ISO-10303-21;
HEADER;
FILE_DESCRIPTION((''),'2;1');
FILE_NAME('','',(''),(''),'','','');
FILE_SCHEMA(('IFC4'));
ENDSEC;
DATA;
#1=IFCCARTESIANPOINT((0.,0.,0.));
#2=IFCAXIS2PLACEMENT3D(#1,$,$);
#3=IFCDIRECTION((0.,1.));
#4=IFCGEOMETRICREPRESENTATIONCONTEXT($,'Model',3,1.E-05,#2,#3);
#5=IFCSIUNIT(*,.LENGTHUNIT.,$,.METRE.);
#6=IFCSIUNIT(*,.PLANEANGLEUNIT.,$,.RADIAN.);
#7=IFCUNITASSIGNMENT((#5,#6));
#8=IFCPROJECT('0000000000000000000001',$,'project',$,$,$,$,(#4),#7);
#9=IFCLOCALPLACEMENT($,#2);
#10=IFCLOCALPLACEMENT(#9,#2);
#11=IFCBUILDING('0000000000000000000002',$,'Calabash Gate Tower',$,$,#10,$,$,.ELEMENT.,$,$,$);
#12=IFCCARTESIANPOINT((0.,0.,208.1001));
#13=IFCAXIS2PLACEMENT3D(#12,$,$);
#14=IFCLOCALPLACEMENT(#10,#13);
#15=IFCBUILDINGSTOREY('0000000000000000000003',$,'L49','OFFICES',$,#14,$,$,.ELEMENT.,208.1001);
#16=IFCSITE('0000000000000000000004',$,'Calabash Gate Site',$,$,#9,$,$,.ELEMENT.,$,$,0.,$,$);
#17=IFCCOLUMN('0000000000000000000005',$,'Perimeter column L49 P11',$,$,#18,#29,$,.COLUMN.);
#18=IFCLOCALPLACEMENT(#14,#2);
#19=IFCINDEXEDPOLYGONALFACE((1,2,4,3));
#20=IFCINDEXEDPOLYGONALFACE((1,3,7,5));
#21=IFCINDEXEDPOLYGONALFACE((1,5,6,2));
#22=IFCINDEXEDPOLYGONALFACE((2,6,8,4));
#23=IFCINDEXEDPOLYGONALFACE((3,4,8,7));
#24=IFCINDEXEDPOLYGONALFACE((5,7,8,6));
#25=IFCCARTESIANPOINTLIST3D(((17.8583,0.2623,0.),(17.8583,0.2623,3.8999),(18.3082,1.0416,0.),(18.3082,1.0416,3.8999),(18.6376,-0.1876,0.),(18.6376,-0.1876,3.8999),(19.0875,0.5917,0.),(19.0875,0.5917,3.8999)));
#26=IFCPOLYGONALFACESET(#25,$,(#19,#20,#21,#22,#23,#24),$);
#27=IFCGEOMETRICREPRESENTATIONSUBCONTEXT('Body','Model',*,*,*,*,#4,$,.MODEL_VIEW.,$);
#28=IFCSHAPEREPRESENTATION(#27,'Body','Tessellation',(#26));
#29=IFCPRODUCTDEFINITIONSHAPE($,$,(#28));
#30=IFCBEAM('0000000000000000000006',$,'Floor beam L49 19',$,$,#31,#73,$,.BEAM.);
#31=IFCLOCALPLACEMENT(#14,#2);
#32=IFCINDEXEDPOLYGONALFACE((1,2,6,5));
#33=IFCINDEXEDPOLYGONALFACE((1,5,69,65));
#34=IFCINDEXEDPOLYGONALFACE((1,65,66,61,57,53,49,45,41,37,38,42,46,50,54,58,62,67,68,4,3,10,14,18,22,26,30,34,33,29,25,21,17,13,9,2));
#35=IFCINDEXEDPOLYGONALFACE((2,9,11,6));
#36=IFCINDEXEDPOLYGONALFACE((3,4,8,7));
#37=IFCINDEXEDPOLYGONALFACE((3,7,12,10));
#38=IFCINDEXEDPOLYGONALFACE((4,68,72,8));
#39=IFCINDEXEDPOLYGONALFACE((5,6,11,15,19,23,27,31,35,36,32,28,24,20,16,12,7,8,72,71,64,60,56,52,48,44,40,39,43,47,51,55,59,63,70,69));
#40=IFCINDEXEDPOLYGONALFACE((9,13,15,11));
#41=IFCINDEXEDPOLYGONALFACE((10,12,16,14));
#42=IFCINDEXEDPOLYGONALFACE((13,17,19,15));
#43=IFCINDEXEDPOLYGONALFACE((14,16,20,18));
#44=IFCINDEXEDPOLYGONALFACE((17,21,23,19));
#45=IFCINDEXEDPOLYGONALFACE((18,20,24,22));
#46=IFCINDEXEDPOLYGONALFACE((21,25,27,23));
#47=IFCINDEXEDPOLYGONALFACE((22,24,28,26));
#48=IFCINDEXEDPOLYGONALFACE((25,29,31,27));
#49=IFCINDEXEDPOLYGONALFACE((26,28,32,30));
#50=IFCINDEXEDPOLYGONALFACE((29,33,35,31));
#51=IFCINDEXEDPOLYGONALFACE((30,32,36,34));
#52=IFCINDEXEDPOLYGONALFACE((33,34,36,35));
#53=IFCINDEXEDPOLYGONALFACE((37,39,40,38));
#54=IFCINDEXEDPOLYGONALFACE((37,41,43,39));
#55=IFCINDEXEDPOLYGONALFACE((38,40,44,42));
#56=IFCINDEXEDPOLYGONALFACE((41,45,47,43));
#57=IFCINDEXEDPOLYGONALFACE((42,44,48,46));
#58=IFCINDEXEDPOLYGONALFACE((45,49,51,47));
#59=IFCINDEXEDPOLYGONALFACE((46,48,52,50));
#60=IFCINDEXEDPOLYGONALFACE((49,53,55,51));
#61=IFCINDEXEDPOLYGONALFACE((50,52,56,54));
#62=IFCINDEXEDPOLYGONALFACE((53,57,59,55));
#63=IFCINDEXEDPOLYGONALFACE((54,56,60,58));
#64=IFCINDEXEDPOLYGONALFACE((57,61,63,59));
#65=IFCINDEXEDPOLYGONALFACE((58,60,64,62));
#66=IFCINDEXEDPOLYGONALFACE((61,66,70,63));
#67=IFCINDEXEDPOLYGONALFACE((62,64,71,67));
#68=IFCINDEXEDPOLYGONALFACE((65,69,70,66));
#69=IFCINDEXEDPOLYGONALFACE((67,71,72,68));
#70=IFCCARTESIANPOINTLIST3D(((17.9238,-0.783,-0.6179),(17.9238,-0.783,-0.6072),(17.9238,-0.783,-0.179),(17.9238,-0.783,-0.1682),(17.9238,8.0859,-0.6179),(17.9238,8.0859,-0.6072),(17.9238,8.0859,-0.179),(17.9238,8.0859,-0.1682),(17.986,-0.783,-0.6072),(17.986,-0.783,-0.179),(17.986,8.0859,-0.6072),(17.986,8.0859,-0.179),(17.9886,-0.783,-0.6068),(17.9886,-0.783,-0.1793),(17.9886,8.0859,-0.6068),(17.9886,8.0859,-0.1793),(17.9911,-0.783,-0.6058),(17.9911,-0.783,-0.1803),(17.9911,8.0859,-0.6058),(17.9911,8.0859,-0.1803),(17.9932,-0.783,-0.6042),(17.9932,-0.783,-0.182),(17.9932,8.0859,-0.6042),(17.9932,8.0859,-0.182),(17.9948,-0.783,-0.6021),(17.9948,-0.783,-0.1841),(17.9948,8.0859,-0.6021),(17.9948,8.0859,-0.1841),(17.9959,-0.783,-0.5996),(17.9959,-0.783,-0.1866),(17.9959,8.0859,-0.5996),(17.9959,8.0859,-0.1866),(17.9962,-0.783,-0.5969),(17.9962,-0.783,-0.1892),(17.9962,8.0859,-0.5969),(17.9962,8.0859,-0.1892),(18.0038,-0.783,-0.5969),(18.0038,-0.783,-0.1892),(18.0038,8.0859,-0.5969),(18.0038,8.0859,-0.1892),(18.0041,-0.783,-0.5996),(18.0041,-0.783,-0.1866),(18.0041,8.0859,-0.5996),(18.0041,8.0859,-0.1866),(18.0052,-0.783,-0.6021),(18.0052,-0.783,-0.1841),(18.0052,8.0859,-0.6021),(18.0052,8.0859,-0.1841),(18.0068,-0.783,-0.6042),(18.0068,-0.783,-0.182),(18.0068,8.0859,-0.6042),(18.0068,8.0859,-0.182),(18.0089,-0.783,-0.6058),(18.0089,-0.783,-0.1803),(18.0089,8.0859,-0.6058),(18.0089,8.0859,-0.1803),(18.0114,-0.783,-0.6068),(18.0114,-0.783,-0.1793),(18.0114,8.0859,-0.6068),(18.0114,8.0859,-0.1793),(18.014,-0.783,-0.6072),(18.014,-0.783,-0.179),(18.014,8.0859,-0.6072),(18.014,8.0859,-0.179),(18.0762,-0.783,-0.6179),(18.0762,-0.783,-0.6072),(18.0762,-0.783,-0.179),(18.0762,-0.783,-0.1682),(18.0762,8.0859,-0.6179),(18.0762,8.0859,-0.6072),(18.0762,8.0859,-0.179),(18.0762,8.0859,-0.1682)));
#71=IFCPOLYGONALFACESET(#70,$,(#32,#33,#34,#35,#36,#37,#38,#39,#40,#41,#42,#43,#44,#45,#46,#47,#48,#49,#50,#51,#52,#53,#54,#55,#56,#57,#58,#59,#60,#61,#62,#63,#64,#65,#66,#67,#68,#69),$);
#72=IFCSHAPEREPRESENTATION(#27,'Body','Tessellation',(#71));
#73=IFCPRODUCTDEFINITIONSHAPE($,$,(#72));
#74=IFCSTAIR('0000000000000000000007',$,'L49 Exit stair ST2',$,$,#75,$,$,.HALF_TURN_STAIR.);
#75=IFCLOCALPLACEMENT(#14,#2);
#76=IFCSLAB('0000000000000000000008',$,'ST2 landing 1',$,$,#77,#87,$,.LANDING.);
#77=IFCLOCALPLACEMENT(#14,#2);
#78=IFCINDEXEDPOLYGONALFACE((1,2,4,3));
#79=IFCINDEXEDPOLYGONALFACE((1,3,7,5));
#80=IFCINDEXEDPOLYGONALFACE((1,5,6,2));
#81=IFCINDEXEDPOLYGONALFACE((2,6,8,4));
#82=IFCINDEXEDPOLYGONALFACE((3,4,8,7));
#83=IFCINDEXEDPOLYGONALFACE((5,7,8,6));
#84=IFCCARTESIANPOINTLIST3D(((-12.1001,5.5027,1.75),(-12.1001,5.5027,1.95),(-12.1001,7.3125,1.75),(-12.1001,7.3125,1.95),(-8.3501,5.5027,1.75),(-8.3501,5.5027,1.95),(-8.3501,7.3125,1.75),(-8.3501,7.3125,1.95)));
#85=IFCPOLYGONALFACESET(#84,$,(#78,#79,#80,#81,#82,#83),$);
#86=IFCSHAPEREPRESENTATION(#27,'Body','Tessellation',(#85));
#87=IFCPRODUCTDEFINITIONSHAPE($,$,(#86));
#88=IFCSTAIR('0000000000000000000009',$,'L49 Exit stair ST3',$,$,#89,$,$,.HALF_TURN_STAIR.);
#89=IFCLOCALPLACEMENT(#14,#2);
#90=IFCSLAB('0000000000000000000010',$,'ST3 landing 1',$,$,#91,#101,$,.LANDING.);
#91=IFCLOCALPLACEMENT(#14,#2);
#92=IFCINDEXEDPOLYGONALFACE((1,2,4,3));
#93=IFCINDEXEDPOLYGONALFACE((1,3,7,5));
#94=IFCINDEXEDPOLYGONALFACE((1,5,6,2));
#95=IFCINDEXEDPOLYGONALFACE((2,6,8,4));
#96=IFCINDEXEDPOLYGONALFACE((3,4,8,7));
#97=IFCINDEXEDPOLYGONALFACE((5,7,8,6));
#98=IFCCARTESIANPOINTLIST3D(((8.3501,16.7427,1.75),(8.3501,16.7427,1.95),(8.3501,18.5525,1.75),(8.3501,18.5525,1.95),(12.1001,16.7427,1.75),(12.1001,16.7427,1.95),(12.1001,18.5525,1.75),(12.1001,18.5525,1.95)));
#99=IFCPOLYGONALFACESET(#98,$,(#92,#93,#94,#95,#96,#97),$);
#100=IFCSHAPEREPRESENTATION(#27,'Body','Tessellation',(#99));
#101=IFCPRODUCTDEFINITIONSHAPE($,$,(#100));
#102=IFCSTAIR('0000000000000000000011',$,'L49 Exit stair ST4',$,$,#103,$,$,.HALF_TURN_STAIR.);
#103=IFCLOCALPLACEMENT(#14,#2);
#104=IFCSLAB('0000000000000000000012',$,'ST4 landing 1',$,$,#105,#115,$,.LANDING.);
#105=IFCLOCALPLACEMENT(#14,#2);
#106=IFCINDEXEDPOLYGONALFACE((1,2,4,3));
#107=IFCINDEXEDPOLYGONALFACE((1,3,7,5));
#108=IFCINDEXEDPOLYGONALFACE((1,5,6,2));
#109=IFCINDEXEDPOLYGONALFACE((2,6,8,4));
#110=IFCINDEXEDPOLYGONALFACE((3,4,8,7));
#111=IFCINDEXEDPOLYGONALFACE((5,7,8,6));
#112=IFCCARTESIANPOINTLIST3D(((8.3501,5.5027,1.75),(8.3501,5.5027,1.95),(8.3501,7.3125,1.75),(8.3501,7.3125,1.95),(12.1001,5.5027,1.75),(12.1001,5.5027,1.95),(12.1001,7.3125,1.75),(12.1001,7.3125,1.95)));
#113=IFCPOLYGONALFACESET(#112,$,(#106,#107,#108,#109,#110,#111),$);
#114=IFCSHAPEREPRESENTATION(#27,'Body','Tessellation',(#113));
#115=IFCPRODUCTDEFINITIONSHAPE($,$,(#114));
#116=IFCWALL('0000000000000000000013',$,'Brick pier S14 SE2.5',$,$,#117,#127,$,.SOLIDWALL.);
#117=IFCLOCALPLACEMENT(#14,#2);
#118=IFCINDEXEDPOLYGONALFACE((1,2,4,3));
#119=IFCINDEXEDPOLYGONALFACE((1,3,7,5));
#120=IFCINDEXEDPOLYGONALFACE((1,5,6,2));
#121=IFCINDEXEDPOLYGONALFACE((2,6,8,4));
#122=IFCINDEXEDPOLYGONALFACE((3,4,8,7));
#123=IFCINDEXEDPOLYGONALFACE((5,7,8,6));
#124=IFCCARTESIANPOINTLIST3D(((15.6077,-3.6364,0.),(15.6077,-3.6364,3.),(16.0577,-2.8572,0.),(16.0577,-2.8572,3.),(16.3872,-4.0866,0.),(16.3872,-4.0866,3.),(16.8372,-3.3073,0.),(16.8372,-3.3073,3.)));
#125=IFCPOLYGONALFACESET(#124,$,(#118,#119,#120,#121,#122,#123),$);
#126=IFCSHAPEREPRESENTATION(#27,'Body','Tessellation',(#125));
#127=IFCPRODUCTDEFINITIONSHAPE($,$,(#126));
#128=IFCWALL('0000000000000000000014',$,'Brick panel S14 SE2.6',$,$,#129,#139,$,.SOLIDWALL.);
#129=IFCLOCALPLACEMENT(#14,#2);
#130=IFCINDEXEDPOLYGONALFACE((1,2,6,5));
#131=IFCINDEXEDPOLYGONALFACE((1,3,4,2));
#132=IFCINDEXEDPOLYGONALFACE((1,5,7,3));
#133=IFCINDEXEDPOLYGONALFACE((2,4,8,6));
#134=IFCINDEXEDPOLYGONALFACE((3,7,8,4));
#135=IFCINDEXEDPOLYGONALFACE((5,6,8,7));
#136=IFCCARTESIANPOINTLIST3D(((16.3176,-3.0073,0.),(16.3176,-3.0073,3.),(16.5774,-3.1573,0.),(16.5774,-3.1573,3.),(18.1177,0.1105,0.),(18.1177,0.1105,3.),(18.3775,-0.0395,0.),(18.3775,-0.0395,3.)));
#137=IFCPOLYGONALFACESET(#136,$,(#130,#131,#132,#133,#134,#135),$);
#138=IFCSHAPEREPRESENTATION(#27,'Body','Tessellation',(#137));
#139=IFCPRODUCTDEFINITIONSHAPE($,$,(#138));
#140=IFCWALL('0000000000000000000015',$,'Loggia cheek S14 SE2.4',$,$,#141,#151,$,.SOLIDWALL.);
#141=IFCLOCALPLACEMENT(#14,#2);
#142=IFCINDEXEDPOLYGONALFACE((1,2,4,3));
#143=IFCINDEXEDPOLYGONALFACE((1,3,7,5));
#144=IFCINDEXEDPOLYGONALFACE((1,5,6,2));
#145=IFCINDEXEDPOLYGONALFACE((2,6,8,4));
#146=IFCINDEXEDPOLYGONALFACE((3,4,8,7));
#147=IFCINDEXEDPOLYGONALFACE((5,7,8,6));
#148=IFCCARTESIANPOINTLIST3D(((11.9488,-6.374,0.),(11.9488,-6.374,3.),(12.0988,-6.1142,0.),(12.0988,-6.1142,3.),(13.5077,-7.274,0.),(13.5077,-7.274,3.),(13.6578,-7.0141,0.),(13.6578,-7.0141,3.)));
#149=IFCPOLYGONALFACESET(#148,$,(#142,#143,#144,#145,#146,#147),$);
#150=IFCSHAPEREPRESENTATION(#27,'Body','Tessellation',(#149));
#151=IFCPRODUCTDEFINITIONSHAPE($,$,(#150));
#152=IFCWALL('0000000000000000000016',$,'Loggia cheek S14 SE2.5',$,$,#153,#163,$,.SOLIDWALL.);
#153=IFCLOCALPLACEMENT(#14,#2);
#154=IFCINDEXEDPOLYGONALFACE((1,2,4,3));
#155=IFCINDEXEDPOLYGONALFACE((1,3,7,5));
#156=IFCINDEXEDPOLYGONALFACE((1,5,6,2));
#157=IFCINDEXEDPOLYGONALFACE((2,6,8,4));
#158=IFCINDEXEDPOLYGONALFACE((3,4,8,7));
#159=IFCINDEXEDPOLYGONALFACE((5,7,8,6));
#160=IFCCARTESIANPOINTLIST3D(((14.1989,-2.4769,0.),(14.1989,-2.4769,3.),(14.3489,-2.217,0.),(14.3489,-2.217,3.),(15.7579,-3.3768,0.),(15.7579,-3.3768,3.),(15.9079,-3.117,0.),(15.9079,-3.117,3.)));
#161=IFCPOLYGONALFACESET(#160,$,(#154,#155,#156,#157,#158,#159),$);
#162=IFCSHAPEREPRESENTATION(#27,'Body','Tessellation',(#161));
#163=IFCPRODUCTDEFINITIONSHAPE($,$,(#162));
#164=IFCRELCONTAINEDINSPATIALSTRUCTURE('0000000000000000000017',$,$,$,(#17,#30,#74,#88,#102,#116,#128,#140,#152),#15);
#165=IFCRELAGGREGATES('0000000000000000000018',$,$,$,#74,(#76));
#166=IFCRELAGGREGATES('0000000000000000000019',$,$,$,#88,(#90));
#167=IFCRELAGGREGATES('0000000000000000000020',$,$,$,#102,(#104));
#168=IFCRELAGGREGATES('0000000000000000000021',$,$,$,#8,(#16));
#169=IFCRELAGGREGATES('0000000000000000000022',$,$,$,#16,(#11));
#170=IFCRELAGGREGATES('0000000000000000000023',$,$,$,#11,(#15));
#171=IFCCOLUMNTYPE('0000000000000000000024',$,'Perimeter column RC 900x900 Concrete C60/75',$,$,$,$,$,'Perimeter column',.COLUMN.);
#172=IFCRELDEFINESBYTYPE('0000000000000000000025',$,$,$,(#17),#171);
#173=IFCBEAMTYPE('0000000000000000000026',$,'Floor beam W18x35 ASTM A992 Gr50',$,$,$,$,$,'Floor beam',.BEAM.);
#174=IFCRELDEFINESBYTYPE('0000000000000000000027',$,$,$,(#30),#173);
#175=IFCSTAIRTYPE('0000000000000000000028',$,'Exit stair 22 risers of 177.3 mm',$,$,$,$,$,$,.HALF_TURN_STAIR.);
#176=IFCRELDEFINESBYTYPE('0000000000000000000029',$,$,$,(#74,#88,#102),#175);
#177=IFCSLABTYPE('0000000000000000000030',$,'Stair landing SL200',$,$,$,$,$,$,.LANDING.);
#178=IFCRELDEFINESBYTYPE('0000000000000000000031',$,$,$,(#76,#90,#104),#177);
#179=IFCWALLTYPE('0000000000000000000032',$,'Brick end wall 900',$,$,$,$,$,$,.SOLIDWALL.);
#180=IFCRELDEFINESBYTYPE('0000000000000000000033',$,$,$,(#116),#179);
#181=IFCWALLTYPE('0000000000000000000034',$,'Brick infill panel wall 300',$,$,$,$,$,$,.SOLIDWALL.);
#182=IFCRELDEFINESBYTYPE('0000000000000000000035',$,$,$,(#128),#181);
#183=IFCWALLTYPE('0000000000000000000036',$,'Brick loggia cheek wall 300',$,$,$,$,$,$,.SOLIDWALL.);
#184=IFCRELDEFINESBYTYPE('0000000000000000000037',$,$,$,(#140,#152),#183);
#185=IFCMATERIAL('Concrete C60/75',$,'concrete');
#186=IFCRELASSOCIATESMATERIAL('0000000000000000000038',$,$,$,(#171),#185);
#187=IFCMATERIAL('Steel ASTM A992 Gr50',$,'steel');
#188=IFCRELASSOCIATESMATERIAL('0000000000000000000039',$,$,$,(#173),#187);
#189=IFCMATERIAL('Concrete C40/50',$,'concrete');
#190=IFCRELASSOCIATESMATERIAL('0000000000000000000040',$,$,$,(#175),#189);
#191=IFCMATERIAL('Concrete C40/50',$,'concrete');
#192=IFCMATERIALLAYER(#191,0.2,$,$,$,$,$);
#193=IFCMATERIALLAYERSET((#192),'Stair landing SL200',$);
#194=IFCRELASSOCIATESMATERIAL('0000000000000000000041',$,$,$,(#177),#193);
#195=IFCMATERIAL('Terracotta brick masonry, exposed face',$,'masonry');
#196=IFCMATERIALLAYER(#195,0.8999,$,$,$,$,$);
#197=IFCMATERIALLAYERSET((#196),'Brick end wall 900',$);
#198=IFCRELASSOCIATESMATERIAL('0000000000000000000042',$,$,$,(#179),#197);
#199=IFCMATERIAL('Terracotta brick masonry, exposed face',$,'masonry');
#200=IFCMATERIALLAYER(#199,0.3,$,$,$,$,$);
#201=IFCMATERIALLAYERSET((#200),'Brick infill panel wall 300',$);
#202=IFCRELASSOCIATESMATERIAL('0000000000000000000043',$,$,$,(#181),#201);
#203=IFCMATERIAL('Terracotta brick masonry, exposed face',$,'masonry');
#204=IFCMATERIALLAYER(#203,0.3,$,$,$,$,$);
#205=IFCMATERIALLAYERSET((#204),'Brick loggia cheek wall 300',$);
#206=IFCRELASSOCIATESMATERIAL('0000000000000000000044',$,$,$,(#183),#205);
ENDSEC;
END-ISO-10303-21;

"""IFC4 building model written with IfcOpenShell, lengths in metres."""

from ifc_helpers import new_model, si_unit, direction, frame, frame_2d, origin, origin_2d, place, context, subcontext, project, spatial, polyline, rectangle, i_section, outline, extrude, material, layer, layer_set, material_profile, profile_set, type_object, element, aggregate, save


model = new_model("IFC4")

# Units and contexts
model_context = context("Model", 3, precision=1e-05, world=origin(), true_north=direction((0.0, 1.0)))
body_context = subcontext(model_context, "Body", "Model", "MODEL_VIEW")
ifc_project = project(units=[si_unit("LENGTHUNIT", "METRE"), si_unit("PLANEANGLEUNIT", "RADIAN")], contexts=[model_context])

# Site, building, storey
site_placement = place(None, origin())
site = spatial("IfcSite", under=ifc_project, at=site_placement, Name="Calabash Gate Site", CompositionType="ELEMENT", RefElevation=0.0)
building_placement = place(site_placement, origin())
building = spatial("IfcBuilding", under=site, at=building_placement, Name="Calabash Gate Tower", CompositionType="ELEMENT")
storey_placement = place(building_placement, frame((0.0, 0.0, 208.1001)))
storey = spatial("IfcBuildingStorey", under=building, at=storey_placement, Name="L49", Description="OFFICES", CompositionType="ELEMENT", Elevation=208.1001)

# Column
ifc_material_1 = material(Name="Concrete C60/75", Category="concrete")
ifc_material_profile_1 = material_profile(ifc_material_1, rectangle(XDim=0.8999, YDim=0.8999, at=origin_2d()))
ifc_profile_set_1 = profile_set([ifc_material_profile_1], Name="Concrete C60/75")
column_type = type_object("IfcColumnType", Name="Perimeter column RC 900x900 Concrete C60/75", ElementType="Perimeter column", PredefinedType="COLUMN", material=ifc_profile_set_1)
column_placement = place(storey_placement, frame((18.4729, 0.427, 0.0), z_axis=(0.0, 0.0, 1.0), x_axis=(0.5, 0.866025, 0.0)))
element("IfcColumn", 1, at=column_placement, inside=storey, type_object=column_type, Name="Perimeter column L49 P11", PredefinedType="COLUMN", context=body_context, shape_type="SweptSolid", body=[
    extrude(rectangle(XDim=0.8999, YDim=0.8999, at=origin_2d()), origin(), (0.0, 0.0, 1.0), 3.8999),
])

# Beam
ifc_material_2 = material(Name="Steel ASTM A992 Gr50", Category="steel")
ifc_material_profile_2 = material_profile(ifc_material_2, i_section(OverallWidth=0.1523, OverallDepth=0.4497, WebThickness=0.0076, FlangeThickness=0.0107, FilletRadius=0.0103, at=origin_2d()))
ifc_profile_set_2 = profile_set([ifc_material_profile_2], Name="Steel ASTM A992 Gr50")
beam_type = type_object("IfcBeamType", Name="Floor beam W18x35 ASTM A992 Gr50", ElementType="Floor beam", PredefinedType="BEAM", material=ifc_profile_set_2)
beam_placement = place(storey_placement, frame((18.0, -0.783, -0.3931), z_axis=(0.0, 1.0, 0.0), x_axis=(-1.0, 0.0, 0.0)))
element("IfcBeam", 2, at=beam_placement, inside=storey, type_object=beam_type, Name="Floor beam L49 19", PredefinedType="BEAM", context=body_context, shape_type="SweptSolid", body=[
    extrude(i_section(OverallWidth=0.1523, OverallDepth=0.4497, WebThickness=0.0076, FlangeThickness=0.0107, FilletRadius=0.0103, at=origin_2d()), origin(), (0.0, 0.0, 1.0), 8.8689),
])

# Stairs, slabs
ifc_material_3 = material(Name="Concrete C40/50", Category="concrete")
stair_type = type_object("IfcStairType", Name="Exit stair 22 risers of 177.3 mm", PredefinedType="HALF_TURN_STAIR", material=ifc_material_3)
stair_1_placement = place(storey_placement, origin())
stair_1 = element("IfcStair", 3, at=stair_1_placement, inside=storey, type_object=stair_type, Name="L49 Exit stair ST2", PredefinedType="HALF_TURN_STAIR")
ifc_material_4 = material(Name="Concrete C40/50", Category="concrete")
ifc_layer_1 = layer(ifc_material_4, 0.2)
ifc_layer_set_1 = layer_set([ifc_layer_1], Name="Stair landing SL200")
slab_type = type_object("IfcSlabType", Name="Stair landing SL200", PredefinedType="LANDING", material=ifc_layer_set_1)
slab_1_placement = place(storey_placement, frame((0.0, 0.0, 1.75)))
slab_1 = element("IfcSlab", 4, at=slab_1_placement, type_object=slab_type, Name="ST2 landing 1", PredefinedType="LANDING", context=body_context, shape_type="SweptSolid", body=[
    extrude(outline(polyline([(-12.1001, 7.3125), (-12.1001, 5.5027), (-8.3501, 5.5027), (-8.3501, 7.3125), (-12.1001, 7.3125)])), origin(), (0.0, 0.0, 1.0), 0.2),
])
aggregate(stair_1, [slab_1])
stair_2_placement = place(storey_placement, origin())
stair_2 = element("IfcStair", 5, at=stair_2_placement, inside=storey, type_object=stair_type, Name="L49 Exit stair ST3", PredefinedType="HALF_TURN_STAIR")
slab_2_placement = place(storey_placement, frame((0.0, 0.0, 1.75)))
slab_2 = element("IfcSlab", 6, at=slab_2_placement, type_object=slab_type, Name="ST3 landing 1", PredefinedType="LANDING", context=body_context, shape_type="SweptSolid", body=[
    extrude(outline(polyline([(12.1001, 16.7427), (12.1001, 18.5525), (8.3501, 18.5525), (8.3501, 16.7427), (12.1001, 16.7427)])), origin(), (0.0, 0.0, 1.0), 0.2),
])
aggregate(stair_2, [slab_2])
stair_3_placement = place(storey_placement, origin())
stair_3 = element("IfcStair", 7, at=stair_3_placement, inside=storey, type_object=stair_type, Name="L49 Exit stair ST4", PredefinedType="HALF_TURN_STAIR")
slab_3_placement = place(storey_placement, frame((0.0, 0.0, 1.75)))
slab_3 = element("IfcSlab", 8, at=slab_3_placement, type_object=slab_type, Name="ST4 landing 1", PredefinedType="LANDING", context=body_context, shape_type="SweptSolid", body=[
    extrude(outline(polyline([(8.3501, 7.3125), (8.3501, 5.5027), (12.1001, 5.5027), (12.1001, 7.3125), (8.3501, 7.3125)])), origin(), (0.0, 0.0, 1.0), 0.2),
])
aggregate(stair_3, [slab_3])

# Walls
ifc_material_5 = material(Name="Terracotta brick masonry, exposed face", Category="masonry")
ifc_layer_2 = layer(ifc_material_5, 0.8999)
ifc_layer_set_2 = layer_set([ifc_layer_2], Name="Brick end wall 900")
wall_type_1 = type_object("IfcWallType", Name="Brick end wall 900", PredefinedType="SOLIDWALL", material=ifc_layer_set_2)
wall_1_placement = place(storey_placement, frame((16.6123, -3.697, 0.0), z_axis=(0.0, 0.0, 1.0), x_axis=(-0.865964, 0.500106, 0.0)))
element("IfcWall", 9, at=wall_1_placement, inside=storey, type_object=wall_type_1, Name="Brick pier S14 SE2.5", PredefinedType="SOLIDWALL", context=body_context, shape_type="SweptSolid", body=[
    extrude(rectangle(XDim=0.9001, YDim=0.8999, at=frame_2d((0.4502, 0.0))), origin(), (0.0, 0.0, 1.0), 3.0),
])
ifc_material_6 = material(Name="Terracotta brick masonry, exposed face", Category="masonry")
ifc_layer_3 = layer(ifc_material_6, 0.3)
ifc_layer_set_3 = layer_set([ifc_layer_3], Name="Brick infill panel wall 300")
wall_type_2 = type_object("IfcWallType", Name="Brick infill panel wall 300", PredefinedType="SOLIDWALL", material=ifc_layer_set_3)
wall_2_placement = place(storey_placement, frame((16.4475, -3.0823, 0.0), z_axis=(0.0, 0.0, 1.0), x_axis=(0.500012, 0.866018, 0.0)))
element("IfcWall", 10, at=wall_2_placement, inside=storey, type_object=wall_type_2, Name="Brick panel S14 SE2.6", PredefinedType="SOLIDWALL", context=body_context, shape_type="SweptSolid", body=[
    extrude(rectangle(XDim=3.6001, YDim=0.3, at=frame_2d((1.8, 0.0))), origin(), (0.0, 0.0, 1.0), 3.0),
])
ifc_material_7 = material(Name="Terracotta brick masonry, exposed face", Category="masonry")
ifc_layer_4 = layer(ifc_material_7, 0.3)
ifc_layer_set_4 = layer_set([ifc_layer_4], Name="Brick loggia cheek wall 300")
wall_type_3 = type_object("IfcWallType", Name="Brick loggia cheek wall 300", PredefinedType="SOLIDWALL", material=ifc_layer_set_4)
for number, where, z_axis, x_axis, name in (
    (11, (12.0239, -6.2441, 0.0), (0.0, 0.0, 1.0), (0.866048, -0.499961, 0.0), "Loggia cheek S14 SE2.4"),
    (12, (15.8328, -3.2468, 0.0), (0.0, 0.0, 1.0), (-0.866048, 0.499961, 0.0), "Loggia cheek S14 SE2.5"),
):
    element("IfcWall", number, at=place(storey_placement, frame(where, z_axis=z_axis, x_axis=x_axis)), inside=storey, type_object=wall_type_3, Name=name, PredefinedType="SOLIDWALL", context=body_context, shape_type="SweptSolid", body=[
        extrude(rectangle(XDim=1.8, YDim=0.3, at=frame_2d((0.8999, 0.0))), origin(), (0.0, 0.0, 1.0), 3.0),
    ])

save(model, "model.ifc")
